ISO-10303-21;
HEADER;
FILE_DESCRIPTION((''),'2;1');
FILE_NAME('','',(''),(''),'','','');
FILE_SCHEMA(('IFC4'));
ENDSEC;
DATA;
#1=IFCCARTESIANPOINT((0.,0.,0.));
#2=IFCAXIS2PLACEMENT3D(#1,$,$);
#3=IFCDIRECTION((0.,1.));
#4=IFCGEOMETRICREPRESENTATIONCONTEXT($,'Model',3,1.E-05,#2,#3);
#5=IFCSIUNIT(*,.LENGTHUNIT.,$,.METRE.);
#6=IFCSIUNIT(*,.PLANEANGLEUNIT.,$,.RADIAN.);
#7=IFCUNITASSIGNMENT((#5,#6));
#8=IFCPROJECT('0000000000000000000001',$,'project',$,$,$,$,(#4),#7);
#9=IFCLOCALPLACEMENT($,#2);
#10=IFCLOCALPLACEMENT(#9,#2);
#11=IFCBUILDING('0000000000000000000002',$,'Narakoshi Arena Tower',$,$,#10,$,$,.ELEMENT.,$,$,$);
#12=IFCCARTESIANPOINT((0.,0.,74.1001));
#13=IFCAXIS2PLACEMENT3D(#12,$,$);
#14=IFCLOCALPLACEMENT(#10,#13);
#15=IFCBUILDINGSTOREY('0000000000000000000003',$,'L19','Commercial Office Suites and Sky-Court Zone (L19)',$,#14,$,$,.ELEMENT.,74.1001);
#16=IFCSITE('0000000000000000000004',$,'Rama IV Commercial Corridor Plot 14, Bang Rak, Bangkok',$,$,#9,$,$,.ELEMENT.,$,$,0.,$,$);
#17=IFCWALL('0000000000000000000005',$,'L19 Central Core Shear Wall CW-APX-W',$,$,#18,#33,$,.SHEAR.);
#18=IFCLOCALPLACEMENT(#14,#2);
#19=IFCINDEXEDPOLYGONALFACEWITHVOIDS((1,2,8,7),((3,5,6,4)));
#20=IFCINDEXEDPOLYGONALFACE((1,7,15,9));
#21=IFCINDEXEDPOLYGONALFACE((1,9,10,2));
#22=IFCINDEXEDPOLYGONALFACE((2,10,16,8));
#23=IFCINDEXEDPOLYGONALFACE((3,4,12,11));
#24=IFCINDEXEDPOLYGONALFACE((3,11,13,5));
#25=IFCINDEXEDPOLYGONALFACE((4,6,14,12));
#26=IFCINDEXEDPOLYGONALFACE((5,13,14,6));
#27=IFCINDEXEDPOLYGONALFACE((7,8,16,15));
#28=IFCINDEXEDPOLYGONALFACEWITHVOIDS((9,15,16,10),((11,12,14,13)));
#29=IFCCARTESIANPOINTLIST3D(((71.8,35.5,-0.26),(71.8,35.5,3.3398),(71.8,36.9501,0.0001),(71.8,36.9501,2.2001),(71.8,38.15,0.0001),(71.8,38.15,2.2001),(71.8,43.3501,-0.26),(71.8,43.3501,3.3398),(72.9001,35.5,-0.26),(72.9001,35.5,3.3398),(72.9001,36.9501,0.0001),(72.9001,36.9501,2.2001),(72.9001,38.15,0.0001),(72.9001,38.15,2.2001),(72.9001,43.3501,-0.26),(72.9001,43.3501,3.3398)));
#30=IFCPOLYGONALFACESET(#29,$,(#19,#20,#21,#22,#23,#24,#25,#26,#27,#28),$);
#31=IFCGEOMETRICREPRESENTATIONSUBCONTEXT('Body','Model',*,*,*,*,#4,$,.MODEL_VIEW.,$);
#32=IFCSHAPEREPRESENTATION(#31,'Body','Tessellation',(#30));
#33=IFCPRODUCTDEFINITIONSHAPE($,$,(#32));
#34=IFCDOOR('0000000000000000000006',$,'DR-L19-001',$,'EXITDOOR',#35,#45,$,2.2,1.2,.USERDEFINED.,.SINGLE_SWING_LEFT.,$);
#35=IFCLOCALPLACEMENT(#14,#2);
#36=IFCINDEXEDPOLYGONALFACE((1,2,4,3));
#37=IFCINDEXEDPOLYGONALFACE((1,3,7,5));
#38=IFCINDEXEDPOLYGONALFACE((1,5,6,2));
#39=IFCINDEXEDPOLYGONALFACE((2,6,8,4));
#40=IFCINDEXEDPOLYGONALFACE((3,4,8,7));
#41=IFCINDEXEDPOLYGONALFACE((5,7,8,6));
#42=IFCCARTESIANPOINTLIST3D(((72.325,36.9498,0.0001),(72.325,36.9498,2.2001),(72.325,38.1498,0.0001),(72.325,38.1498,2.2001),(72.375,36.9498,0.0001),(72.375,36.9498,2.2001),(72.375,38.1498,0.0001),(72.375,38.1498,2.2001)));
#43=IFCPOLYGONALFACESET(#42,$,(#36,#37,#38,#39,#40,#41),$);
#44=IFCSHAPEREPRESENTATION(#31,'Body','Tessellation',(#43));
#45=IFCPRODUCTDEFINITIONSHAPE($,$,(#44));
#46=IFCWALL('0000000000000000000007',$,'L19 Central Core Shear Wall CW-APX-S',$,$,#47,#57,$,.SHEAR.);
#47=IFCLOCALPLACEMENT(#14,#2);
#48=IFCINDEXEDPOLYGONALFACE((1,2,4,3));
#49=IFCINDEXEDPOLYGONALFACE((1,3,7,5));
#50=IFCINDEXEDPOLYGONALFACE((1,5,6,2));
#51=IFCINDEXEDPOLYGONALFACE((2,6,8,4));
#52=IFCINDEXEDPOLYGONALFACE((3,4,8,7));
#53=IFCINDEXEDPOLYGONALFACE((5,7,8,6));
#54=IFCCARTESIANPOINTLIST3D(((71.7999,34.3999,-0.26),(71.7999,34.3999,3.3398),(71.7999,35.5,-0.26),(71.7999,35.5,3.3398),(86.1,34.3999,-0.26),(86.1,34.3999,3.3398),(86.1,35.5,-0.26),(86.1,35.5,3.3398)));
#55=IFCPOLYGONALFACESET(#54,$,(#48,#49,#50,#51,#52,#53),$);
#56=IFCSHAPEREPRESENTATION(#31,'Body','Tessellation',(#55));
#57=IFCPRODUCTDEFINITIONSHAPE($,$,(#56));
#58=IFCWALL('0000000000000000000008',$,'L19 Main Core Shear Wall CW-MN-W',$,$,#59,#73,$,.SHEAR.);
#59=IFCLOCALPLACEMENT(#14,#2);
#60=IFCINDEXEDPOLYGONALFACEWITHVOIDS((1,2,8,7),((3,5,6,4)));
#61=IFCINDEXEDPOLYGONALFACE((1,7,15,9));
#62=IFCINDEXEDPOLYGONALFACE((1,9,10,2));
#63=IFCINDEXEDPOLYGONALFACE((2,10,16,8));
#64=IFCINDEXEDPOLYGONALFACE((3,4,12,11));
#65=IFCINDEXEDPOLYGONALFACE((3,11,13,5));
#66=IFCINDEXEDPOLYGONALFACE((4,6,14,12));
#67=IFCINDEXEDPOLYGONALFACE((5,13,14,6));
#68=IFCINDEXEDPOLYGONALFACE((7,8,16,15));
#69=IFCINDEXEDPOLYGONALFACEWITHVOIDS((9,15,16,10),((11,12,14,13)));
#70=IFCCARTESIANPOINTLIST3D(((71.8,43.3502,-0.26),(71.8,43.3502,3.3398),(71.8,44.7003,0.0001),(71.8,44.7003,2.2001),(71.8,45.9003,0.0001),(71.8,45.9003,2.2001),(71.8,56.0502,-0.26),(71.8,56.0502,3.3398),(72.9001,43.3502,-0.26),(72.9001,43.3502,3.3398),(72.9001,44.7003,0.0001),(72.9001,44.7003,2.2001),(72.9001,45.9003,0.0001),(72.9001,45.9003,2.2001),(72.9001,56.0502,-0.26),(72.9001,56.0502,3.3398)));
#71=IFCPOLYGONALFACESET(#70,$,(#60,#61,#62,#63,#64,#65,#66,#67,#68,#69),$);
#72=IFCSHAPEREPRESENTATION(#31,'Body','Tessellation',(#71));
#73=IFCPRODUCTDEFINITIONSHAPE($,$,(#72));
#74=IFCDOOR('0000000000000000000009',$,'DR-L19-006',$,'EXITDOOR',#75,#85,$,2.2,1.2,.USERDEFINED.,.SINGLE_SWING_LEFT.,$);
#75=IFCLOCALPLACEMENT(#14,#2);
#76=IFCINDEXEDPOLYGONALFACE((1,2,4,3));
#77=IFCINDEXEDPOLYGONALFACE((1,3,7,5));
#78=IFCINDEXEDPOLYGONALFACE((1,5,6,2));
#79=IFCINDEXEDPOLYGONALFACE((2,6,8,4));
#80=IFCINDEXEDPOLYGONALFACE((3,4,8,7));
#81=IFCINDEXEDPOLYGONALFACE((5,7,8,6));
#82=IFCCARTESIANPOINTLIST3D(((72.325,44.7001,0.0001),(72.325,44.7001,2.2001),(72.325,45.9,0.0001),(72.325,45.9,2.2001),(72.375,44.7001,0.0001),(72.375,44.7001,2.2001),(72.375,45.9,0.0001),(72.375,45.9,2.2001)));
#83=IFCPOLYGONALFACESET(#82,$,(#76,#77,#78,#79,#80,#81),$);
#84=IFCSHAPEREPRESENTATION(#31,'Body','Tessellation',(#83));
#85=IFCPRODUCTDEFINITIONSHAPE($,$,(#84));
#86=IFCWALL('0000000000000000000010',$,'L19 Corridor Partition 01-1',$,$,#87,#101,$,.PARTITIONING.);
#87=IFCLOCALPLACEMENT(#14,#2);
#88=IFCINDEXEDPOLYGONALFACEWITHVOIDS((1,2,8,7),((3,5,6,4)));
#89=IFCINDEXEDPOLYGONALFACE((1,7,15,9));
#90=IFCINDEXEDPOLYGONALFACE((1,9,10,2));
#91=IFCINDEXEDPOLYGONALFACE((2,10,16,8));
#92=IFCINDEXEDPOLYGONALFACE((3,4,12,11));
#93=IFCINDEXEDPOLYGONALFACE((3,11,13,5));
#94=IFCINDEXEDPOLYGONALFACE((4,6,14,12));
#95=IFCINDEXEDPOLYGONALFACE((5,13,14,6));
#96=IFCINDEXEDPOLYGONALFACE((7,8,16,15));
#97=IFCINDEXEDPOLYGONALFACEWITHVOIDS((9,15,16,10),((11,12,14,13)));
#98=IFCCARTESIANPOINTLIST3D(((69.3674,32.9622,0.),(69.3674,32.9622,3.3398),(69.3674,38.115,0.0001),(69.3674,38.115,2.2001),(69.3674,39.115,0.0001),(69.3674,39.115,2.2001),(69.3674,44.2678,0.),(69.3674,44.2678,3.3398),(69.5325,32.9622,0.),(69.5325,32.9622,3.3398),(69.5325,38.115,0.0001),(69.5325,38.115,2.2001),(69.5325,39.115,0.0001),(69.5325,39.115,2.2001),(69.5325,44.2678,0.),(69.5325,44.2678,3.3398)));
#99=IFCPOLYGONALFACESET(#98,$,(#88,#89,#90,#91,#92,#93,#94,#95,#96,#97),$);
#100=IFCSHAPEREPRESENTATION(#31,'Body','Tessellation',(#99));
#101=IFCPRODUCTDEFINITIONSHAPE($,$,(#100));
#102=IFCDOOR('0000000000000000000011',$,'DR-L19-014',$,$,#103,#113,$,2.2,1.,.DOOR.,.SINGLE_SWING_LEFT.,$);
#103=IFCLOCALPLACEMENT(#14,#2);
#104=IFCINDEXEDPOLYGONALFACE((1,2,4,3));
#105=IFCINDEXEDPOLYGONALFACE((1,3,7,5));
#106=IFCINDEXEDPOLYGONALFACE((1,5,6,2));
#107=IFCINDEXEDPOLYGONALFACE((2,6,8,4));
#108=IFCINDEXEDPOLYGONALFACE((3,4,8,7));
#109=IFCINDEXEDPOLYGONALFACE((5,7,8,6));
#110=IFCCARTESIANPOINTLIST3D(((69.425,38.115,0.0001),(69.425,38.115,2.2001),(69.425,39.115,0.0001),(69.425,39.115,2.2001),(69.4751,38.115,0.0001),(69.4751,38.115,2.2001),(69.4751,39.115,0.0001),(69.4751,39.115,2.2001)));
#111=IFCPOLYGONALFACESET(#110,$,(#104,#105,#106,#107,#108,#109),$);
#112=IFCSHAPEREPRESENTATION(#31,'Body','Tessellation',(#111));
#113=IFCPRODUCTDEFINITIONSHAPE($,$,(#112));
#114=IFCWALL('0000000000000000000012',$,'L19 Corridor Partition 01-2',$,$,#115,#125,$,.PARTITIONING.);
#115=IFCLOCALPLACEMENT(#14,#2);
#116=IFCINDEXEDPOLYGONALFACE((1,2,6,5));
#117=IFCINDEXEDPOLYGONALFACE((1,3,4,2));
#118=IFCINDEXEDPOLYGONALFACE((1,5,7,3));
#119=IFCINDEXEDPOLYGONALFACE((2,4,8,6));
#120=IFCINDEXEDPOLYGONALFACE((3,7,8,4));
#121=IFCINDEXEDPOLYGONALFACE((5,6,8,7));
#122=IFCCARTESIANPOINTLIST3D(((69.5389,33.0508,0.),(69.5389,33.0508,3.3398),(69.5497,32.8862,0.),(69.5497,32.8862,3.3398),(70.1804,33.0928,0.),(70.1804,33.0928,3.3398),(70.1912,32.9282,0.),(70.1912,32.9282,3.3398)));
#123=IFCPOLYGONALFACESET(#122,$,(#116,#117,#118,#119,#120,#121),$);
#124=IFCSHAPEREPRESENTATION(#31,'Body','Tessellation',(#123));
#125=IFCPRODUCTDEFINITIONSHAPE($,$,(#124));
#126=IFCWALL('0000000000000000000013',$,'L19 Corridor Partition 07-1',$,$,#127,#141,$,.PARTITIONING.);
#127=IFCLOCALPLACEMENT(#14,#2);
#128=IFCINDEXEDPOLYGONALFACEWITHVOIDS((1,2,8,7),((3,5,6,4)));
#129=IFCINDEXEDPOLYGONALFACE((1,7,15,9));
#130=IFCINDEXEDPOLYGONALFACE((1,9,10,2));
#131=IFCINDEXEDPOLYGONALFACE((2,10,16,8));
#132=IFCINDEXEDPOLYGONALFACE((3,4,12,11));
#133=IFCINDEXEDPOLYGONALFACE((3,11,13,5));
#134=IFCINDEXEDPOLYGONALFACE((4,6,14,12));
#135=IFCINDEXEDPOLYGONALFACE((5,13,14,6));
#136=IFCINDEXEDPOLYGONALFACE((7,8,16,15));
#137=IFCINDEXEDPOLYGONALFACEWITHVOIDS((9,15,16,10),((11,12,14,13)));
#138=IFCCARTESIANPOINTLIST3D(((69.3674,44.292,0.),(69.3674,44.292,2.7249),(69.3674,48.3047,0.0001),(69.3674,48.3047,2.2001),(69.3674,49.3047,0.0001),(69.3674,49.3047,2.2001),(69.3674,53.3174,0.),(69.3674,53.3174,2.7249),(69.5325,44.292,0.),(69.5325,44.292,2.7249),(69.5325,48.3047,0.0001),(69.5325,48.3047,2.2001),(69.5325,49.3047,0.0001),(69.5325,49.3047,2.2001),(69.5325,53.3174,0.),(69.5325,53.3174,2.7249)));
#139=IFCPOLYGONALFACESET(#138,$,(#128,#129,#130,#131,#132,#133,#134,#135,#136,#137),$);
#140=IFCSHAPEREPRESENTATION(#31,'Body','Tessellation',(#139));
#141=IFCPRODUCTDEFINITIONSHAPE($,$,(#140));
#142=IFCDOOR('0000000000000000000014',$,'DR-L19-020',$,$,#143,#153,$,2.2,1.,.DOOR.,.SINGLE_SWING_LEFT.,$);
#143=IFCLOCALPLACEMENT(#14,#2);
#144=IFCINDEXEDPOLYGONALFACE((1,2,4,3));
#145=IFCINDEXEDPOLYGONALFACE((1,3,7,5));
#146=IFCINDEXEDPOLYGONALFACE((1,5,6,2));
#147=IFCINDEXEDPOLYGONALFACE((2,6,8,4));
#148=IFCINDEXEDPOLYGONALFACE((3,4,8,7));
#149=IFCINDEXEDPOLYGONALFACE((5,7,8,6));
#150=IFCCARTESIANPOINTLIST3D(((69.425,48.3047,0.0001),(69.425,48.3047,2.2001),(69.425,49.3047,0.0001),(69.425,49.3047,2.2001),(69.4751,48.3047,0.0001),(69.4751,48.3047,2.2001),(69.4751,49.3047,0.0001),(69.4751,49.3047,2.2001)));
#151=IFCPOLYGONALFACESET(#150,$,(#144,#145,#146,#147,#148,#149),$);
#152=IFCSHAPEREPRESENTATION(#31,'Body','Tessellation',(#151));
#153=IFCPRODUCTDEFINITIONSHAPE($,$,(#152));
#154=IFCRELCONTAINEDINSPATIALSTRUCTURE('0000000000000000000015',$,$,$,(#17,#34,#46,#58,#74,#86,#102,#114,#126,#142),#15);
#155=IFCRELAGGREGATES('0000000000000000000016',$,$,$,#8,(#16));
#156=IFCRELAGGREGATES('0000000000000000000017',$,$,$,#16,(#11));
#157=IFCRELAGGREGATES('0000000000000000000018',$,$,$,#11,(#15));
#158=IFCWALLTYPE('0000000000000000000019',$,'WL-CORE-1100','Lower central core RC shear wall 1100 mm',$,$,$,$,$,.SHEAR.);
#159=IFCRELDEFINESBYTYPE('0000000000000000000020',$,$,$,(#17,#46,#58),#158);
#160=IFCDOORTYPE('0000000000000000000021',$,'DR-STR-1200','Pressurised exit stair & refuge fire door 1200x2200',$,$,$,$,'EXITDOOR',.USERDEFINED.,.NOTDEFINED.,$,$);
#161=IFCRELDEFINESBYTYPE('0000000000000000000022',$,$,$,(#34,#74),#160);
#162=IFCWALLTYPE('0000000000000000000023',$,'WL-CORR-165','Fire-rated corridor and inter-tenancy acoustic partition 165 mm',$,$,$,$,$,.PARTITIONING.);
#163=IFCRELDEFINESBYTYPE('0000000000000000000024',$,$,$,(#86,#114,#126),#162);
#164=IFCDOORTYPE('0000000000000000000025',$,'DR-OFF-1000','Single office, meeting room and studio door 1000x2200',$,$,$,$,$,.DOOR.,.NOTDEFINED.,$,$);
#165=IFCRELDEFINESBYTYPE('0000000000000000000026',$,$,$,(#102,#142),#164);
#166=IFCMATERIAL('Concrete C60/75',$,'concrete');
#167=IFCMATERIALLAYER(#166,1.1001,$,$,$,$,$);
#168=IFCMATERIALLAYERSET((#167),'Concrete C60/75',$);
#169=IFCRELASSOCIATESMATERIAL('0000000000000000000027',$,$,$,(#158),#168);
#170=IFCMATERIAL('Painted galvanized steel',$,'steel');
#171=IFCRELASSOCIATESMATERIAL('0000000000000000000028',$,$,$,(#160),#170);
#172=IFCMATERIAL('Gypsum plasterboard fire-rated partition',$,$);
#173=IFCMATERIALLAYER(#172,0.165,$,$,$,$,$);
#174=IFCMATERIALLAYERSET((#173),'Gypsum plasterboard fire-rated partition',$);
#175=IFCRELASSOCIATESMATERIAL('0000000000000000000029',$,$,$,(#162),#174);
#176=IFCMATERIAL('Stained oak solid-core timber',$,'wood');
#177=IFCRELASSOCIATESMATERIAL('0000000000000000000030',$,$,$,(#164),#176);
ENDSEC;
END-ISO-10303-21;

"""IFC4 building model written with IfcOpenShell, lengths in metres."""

from ifc_helpers import new_model, si_unit, direction, frame, frame_2d, origin, place, context, subcontext, project, spatial, rectangle, extrude, material, layer, layer_set, type_object, element, fill, save


model = new_model("IFC4")

# Units and contexts
model_context = context("Model", 3, precision=1e-05, world=origin(), true_north=direction((0.0, 1.0)))
body_context = subcontext(model_context, "Body", "Model", "MODEL_VIEW")
ifc_project = project(units=[si_unit("LENGTHUNIT", "METRE"), si_unit("PLANEANGLEUNIT", "RADIAN")], contexts=[model_context])

# Site, building, storey
site_placement = place(None, origin())
site = spatial("IfcSite", under=ifc_project, at=site_placement, Name="Rama IV Commercial Corridor Plot 14, Bang Rak, Bangkok", CompositionType="ELEMENT", RefElevation=0.0)
building_placement = place(site_placement, origin())
building = spatial("IfcBuilding", under=site, at=building_placement, Name="Narakoshi Arena Tower", CompositionType="ELEMENT")
storey_placement = place(building_placement, frame((0.0, 0.0, 74.1001)))
storey = spatial("IfcBuildingStorey", under=building, at=storey_placement, Name="L19", Description="Commercial Office Suites and Sky-Court Zone (L19)", CompositionType="ELEMENT", Elevation=74.1001)

# Shared definitions
ifc_material_1 = material(Name="Concrete C60/75", Category="concrete")

# Wall, opening, door
ifc_layer_1 = layer(ifc_material_1, 1.1001)
ifc_layer_set_1 = layer_set([ifc_layer_1], Name="Concrete C60/75")
wall_type_1 = type_object("IfcWallType", Name="WL-CORE-1100", Description="Lower central core RC shear wall 1100 mm", PredefinedType="SHEAR", material=ifc_layer_set_1)
wall_1_placement = place(storey_placement, frame((72.3501, 35.5, -0.26), z_axis=(0.0, 0.0, 1.0), x_axis=(0.0, 1.0, 0.0)))
wall_1 = element("IfcWall", 1, at=wall_1_placement, inside=storey, type_object=wall_type_1, Name="L19 Central Core Shear Wall CW-APX-W", PredefinedType="SHEAR", context=body_context, shape_type="SweptSolid", body=[
    extrude(rectangle(XDim=7.8501, YDim=1.1001, at=frame_2d((3.925, 0.0))), origin(), (0.0, 0.0, 1.0), 3.5999),
])
opening_1_placement = place(wall_1_placement, frame((1.45, 0.0, 0.26)))
opening_1 = element("IfcOpeningElement", 2, at=opening_1_placement, cuts=wall_1, PredefinedType="OPENING", context=body_context, shape_type="SweptSolid", body=[
    extrude(rectangle(XDim=1.2, YDim=2.2, at=frame_2d((0.6001, 1.1001))), frame((0.0, 0.5601, 0.0), z_axis=(0.0, -1.0, 0.0), x_axis=(1.0, 0.0, 0.0)), (0.0, 0.0, 1.0), 1.1201),
])
ifc_material_2 = material(Name="Painted galvanized steel", Category="steel")
door_type_1 = type_object("IfcDoorType", Name="DR-STR-1200", Description="Pressurised exit stair & refuge fire door 1200x2200", ElementType="EXITDOOR", OperationType="NOTDEFINED", PredefinedType="USERDEFINED", material=ifc_material_2)
door_1_placement = place(opening_1_placement, frame((1.2, 0.0, 0.0), z_axis=(0.0, 0.0, 1.0), x_axis=(-1.0, 0.0, 0.0)))
door_1 = element("IfcDoor", 3, at=door_1_placement, inside=storey, type_object=door_type_1, Name="DR-L19-001", ObjectType="EXITDOOR", OperationType="SINGLE_SWING_LEFT", OverallHeight=2.2, OverallWidth=1.2, PredefinedType="USERDEFINED", context=body_context, shape_type="SweptSolid", body=[
    extrude(rectangle(XDim=1.2, YDim=2.2, at=frame_2d((0.6001, 1.1001))), frame((0.0, 0.0249, 0.0), z_axis=(0.0, -1.0, 0.0), x_axis=(1.0, 0.0, 0.0)), (0.0, 0.0, 1.0), 0.05),
])
fill(opening_1, door_1)

# Wall
wall_2_placement = place(storey_placement, frame((71.8, 34.95, -0.26), z_axis=(0.0, 0.0, 1.0), x_axis=(1.0, 0.0, 0.0)))
element("IfcWall", 4, at=wall_2_placement, inside=storey, type_object=wall_type_1, Name="L19 Central Core Shear Wall CW-APX-S", PredefinedType="SHEAR", context=body_context, shape_type="SweptSolid", body=[
    extrude(rectangle(XDim=14.3, YDim=1.1001, at=frame_2d((7.1499, 0.0))), origin(), (0.0, 0.0, 1.0), 3.5999),
])

# Walls, openings, doors
wall_3_placement = place(storey_placement, frame((72.3501, 43.3501, -0.26), z_axis=(0.0, 0.0, 1.0), x_axis=(0.0, 1.0, 0.0)))
wall_3 = element("IfcWall", 5, at=wall_3_placement, inside=storey, type_object=wall_type_1, Name="L19 Main Core Shear Wall CW-MN-W", PredefinedType="SHEAR", context=body_context, shape_type="SweptSolid", body=[
    extrude(rectangle(XDim=12.7, YDim=1.1001, at=frame_2d((6.3501, 0.0))), origin(), (0.0, 0.0, 1.0), 3.5999),
])
opening_2_placement = place(wall_3_placement, frame((1.3501, 0.0, 0.26)))
opening_2 = element("IfcOpeningElement", 6, at=opening_2_placement, cuts=wall_3, PredefinedType="OPENING", context=body_context, shape_type="SweptSolid", body=[
    extrude(rectangle(XDim=1.2, YDim=2.2, at=frame_2d((0.6001, 1.1001))), frame((0.0, 0.5601, 0.0), z_axis=(0.0, -1.0, 0.0), x_axis=(1.0, 0.0, 0.0)), (0.0, 0.0, 1.0), 1.1201),
])
door_2_placement = place(opening_2_placement, frame((1.2, 0.0, 0.0), z_axis=(0.0, 0.0, 1.0), x_axis=(-1.0, 0.0, 0.0)))
door_2 = element("IfcDoor", 7, at=door_2_placement, inside=storey, type_object=door_type_1, Name="DR-L19-006", ObjectType="EXITDOOR", OperationType="SINGLE_SWING_LEFT", OverallHeight=2.2, OverallWidth=1.2, PredefinedType="USERDEFINED", context=body_context, shape_type="SweptSolid", body=[
    extrude(rectangle(XDim=1.2, YDim=2.2, at=frame_2d((0.6001, 1.1001))), frame((0.0, 0.0249, 0.0), z_axis=(0.0, -1.0, 0.0), x_axis=(1.0, 0.0, 0.0)), (0.0, 0.0, 1.0), 0.05),
])
fill(opening_2, door_2)
ifc_material_3 = material(Name="Gypsum plasterboard fire-rated partition")
ifc_layer_2 = layer(ifc_material_3, 0.165)
ifc_layer_set_2 = layer_set([ifc_layer_2], Name="Gypsum plasterboard fire-rated partition")
wall_type_2 = type_object("IfcWallType", Name="WL-CORR-165", Description="Fire-rated corridor and inter-tenancy acoustic partition 165 mm", PredefinedType="PARTITIONING", material=ifc_layer_set_2)
wall_4_placement = place(storey_placement, frame((69.45, 44.2678, 0.0), z_axis=(0.0, 0.0, 1.0), x_axis=(0.0, -1.0, 0.0)))
wall_4 = element("IfcWall", 8, at=wall_4_placement, inside=storey, type_object=wall_type_2, Name="L19 Corridor Partition 01-1", PredefinedType="PARTITIONING", context=body_context, shape_type="SweptSolid", body=[
    extrude(rectangle(XDim=11.3057, YDim=0.165, at=frame_2d((5.6528, 0.0))), origin(), (0.0, 0.0, 1.0), 3.3398),
])
opening_3_placement = place(wall_4_placement, frame((5.1528, 0.0, 0.0)))
opening_3 = element("IfcOpeningElement", 9, at=opening_3_placement, cuts=wall_4, PredefinedType="OPENING", context=body_context, shape_type="SweptSolid", body=[
    extrude(rectangle(XDim=1.0, YDim=2.2, at=frame_2d((0.5, 1.1001))), frame((0.0, 0.0925, 0.0), z_axis=(0.0, -1.0, 0.0), x_axis=(1.0, 0.0, 0.0)), (0.0, 0.0, 1.0), 0.1851),
])
ifc_material_4 = material(Name="Stained oak solid-core timber", Category="wood")
door_type_2 = type_object("IfcDoorType", Name="DR-OFF-1000", Description="Single office, meeting room and studio door 1000x2200", OperationType="NOTDEFINED", PredefinedType="DOOR", material=ifc_material_4)
door_3_placement = place(opening_3_placement, frame((1.0, 0.0, 0.0), z_axis=(0.0, 0.0, 1.0), x_axis=(-1.0, 0.0, 0.0)))
door_3 = element("IfcDoor", 10, at=door_3_placement, inside=storey, type_object=door_type_2, Name="DR-L19-014", OperationType="SINGLE_SWING_LEFT", OverallHeight=2.2, OverallWidth=1.0, PredefinedType="DOOR", context=body_context, shape_type="SweptSolid", body=[
    extrude(rectangle(XDim=1.0, YDim=2.2, at=frame_2d((0.5, 1.1001))), frame((0.0, 0.0249, 0.0), z_axis=(0.0, -1.0, 0.0), x_axis=(1.0, 0.0, 0.0)), (0.0, 0.0, 1.0), 0.05),
])
fill(opening_3, door_3)

# Wall
wall_5_placement = place(storey_placement, frame((69.5444, 32.9685, 0.0), z_axis=(0.0, 0.0, 1.0), x_axis=(0.997863, 0.065334, 0.0)))
element("IfcWall", 11, at=wall_5_placement, inside=storey, type_object=wall_type_2, Name="L19 Corridor Partition 01-2", PredefinedType="PARTITIONING", context=body_context, shape_type="SweptSolid", body=[
    extrude(rectangle(XDim=0.6428, YDim=0.165, at=frame_2d((0.3213, 0.0))), origin(), (0.0, 0.0, 1.0), 3.3398),
])

# Wall, opening, door
wall_6_placement = place(storey_placement, frame((69.45, 53.3174, 0.0), z_axis=(0.0, 0.0, 1.0), x_axis=(0.0, -1.0, 0.0)))
wall_6 = element("IfcWall", 12, at=wall_6_placement, inside=storey, type_object=wall_type_2, Name="L19 Corridor Partition 07-1", PredefinedType="PARTITIONING", context=body_context, shape_type="SweptSolid", body=[
    extrude(rectangle(XDim=9.0254, YDim=0.165, at=frame_2d((4.5127, 0.0))), origin(), (0.0, 0.0, 1.0), 2.7249),
])
opening_4_placement = place(wall_6_placement, frame((4.0127, 0.0, 0.0)))
opening_4 = element("IfcOpeningElement", 13, at=opening_4_placement, cuts=wall_6, PredefinedType="OPENING", context=body_context, shape_type="SweptSolid", body=[
    extrude(rectangle(XDim=1.0, YDim=2.2, at=frame_2d((0.5, 1.1001))), frame((0.0, 0.0925, 0.0), z_axis=(0.0, -1.0, 0.0), x_axis=(1.0, 0.0, 0.0)), (0.0, 0.0, 1.0), 0.1851),
])
door_4_placement = place(opening_4_placement, frame((1.0, 0.0, 0.0), z_axis=(0.0, 0.0, 1.0), x_axis=(-1.0, 0.0, 0.0)))
door_4 = element("IfcDoor", 14, at=door_4_placement, inside=storey, type_object=door_type_2, Name="DR-L19-020", OperationType="SINGLE_SWING_LEFT", OverallHeight=2.2, OverallWidth=1.0, PredefinedType="DOOR", context=body_context, shape_type="SweptSolid", body=[
    extrude(rectangle(XDim=1.0, YDim=2.2, at=frame_2d((0.5, 1.1001))), frame((0.0, 0.0249, 0.0), z_axis=(0.0, -1.0, 0.0), x_axis=(1.0, 0.0, 0.0)), (0.0, 0.0, 1.0), 0.05),
])
fill(opening_4, door_4)

save(model, "model.ifc")
